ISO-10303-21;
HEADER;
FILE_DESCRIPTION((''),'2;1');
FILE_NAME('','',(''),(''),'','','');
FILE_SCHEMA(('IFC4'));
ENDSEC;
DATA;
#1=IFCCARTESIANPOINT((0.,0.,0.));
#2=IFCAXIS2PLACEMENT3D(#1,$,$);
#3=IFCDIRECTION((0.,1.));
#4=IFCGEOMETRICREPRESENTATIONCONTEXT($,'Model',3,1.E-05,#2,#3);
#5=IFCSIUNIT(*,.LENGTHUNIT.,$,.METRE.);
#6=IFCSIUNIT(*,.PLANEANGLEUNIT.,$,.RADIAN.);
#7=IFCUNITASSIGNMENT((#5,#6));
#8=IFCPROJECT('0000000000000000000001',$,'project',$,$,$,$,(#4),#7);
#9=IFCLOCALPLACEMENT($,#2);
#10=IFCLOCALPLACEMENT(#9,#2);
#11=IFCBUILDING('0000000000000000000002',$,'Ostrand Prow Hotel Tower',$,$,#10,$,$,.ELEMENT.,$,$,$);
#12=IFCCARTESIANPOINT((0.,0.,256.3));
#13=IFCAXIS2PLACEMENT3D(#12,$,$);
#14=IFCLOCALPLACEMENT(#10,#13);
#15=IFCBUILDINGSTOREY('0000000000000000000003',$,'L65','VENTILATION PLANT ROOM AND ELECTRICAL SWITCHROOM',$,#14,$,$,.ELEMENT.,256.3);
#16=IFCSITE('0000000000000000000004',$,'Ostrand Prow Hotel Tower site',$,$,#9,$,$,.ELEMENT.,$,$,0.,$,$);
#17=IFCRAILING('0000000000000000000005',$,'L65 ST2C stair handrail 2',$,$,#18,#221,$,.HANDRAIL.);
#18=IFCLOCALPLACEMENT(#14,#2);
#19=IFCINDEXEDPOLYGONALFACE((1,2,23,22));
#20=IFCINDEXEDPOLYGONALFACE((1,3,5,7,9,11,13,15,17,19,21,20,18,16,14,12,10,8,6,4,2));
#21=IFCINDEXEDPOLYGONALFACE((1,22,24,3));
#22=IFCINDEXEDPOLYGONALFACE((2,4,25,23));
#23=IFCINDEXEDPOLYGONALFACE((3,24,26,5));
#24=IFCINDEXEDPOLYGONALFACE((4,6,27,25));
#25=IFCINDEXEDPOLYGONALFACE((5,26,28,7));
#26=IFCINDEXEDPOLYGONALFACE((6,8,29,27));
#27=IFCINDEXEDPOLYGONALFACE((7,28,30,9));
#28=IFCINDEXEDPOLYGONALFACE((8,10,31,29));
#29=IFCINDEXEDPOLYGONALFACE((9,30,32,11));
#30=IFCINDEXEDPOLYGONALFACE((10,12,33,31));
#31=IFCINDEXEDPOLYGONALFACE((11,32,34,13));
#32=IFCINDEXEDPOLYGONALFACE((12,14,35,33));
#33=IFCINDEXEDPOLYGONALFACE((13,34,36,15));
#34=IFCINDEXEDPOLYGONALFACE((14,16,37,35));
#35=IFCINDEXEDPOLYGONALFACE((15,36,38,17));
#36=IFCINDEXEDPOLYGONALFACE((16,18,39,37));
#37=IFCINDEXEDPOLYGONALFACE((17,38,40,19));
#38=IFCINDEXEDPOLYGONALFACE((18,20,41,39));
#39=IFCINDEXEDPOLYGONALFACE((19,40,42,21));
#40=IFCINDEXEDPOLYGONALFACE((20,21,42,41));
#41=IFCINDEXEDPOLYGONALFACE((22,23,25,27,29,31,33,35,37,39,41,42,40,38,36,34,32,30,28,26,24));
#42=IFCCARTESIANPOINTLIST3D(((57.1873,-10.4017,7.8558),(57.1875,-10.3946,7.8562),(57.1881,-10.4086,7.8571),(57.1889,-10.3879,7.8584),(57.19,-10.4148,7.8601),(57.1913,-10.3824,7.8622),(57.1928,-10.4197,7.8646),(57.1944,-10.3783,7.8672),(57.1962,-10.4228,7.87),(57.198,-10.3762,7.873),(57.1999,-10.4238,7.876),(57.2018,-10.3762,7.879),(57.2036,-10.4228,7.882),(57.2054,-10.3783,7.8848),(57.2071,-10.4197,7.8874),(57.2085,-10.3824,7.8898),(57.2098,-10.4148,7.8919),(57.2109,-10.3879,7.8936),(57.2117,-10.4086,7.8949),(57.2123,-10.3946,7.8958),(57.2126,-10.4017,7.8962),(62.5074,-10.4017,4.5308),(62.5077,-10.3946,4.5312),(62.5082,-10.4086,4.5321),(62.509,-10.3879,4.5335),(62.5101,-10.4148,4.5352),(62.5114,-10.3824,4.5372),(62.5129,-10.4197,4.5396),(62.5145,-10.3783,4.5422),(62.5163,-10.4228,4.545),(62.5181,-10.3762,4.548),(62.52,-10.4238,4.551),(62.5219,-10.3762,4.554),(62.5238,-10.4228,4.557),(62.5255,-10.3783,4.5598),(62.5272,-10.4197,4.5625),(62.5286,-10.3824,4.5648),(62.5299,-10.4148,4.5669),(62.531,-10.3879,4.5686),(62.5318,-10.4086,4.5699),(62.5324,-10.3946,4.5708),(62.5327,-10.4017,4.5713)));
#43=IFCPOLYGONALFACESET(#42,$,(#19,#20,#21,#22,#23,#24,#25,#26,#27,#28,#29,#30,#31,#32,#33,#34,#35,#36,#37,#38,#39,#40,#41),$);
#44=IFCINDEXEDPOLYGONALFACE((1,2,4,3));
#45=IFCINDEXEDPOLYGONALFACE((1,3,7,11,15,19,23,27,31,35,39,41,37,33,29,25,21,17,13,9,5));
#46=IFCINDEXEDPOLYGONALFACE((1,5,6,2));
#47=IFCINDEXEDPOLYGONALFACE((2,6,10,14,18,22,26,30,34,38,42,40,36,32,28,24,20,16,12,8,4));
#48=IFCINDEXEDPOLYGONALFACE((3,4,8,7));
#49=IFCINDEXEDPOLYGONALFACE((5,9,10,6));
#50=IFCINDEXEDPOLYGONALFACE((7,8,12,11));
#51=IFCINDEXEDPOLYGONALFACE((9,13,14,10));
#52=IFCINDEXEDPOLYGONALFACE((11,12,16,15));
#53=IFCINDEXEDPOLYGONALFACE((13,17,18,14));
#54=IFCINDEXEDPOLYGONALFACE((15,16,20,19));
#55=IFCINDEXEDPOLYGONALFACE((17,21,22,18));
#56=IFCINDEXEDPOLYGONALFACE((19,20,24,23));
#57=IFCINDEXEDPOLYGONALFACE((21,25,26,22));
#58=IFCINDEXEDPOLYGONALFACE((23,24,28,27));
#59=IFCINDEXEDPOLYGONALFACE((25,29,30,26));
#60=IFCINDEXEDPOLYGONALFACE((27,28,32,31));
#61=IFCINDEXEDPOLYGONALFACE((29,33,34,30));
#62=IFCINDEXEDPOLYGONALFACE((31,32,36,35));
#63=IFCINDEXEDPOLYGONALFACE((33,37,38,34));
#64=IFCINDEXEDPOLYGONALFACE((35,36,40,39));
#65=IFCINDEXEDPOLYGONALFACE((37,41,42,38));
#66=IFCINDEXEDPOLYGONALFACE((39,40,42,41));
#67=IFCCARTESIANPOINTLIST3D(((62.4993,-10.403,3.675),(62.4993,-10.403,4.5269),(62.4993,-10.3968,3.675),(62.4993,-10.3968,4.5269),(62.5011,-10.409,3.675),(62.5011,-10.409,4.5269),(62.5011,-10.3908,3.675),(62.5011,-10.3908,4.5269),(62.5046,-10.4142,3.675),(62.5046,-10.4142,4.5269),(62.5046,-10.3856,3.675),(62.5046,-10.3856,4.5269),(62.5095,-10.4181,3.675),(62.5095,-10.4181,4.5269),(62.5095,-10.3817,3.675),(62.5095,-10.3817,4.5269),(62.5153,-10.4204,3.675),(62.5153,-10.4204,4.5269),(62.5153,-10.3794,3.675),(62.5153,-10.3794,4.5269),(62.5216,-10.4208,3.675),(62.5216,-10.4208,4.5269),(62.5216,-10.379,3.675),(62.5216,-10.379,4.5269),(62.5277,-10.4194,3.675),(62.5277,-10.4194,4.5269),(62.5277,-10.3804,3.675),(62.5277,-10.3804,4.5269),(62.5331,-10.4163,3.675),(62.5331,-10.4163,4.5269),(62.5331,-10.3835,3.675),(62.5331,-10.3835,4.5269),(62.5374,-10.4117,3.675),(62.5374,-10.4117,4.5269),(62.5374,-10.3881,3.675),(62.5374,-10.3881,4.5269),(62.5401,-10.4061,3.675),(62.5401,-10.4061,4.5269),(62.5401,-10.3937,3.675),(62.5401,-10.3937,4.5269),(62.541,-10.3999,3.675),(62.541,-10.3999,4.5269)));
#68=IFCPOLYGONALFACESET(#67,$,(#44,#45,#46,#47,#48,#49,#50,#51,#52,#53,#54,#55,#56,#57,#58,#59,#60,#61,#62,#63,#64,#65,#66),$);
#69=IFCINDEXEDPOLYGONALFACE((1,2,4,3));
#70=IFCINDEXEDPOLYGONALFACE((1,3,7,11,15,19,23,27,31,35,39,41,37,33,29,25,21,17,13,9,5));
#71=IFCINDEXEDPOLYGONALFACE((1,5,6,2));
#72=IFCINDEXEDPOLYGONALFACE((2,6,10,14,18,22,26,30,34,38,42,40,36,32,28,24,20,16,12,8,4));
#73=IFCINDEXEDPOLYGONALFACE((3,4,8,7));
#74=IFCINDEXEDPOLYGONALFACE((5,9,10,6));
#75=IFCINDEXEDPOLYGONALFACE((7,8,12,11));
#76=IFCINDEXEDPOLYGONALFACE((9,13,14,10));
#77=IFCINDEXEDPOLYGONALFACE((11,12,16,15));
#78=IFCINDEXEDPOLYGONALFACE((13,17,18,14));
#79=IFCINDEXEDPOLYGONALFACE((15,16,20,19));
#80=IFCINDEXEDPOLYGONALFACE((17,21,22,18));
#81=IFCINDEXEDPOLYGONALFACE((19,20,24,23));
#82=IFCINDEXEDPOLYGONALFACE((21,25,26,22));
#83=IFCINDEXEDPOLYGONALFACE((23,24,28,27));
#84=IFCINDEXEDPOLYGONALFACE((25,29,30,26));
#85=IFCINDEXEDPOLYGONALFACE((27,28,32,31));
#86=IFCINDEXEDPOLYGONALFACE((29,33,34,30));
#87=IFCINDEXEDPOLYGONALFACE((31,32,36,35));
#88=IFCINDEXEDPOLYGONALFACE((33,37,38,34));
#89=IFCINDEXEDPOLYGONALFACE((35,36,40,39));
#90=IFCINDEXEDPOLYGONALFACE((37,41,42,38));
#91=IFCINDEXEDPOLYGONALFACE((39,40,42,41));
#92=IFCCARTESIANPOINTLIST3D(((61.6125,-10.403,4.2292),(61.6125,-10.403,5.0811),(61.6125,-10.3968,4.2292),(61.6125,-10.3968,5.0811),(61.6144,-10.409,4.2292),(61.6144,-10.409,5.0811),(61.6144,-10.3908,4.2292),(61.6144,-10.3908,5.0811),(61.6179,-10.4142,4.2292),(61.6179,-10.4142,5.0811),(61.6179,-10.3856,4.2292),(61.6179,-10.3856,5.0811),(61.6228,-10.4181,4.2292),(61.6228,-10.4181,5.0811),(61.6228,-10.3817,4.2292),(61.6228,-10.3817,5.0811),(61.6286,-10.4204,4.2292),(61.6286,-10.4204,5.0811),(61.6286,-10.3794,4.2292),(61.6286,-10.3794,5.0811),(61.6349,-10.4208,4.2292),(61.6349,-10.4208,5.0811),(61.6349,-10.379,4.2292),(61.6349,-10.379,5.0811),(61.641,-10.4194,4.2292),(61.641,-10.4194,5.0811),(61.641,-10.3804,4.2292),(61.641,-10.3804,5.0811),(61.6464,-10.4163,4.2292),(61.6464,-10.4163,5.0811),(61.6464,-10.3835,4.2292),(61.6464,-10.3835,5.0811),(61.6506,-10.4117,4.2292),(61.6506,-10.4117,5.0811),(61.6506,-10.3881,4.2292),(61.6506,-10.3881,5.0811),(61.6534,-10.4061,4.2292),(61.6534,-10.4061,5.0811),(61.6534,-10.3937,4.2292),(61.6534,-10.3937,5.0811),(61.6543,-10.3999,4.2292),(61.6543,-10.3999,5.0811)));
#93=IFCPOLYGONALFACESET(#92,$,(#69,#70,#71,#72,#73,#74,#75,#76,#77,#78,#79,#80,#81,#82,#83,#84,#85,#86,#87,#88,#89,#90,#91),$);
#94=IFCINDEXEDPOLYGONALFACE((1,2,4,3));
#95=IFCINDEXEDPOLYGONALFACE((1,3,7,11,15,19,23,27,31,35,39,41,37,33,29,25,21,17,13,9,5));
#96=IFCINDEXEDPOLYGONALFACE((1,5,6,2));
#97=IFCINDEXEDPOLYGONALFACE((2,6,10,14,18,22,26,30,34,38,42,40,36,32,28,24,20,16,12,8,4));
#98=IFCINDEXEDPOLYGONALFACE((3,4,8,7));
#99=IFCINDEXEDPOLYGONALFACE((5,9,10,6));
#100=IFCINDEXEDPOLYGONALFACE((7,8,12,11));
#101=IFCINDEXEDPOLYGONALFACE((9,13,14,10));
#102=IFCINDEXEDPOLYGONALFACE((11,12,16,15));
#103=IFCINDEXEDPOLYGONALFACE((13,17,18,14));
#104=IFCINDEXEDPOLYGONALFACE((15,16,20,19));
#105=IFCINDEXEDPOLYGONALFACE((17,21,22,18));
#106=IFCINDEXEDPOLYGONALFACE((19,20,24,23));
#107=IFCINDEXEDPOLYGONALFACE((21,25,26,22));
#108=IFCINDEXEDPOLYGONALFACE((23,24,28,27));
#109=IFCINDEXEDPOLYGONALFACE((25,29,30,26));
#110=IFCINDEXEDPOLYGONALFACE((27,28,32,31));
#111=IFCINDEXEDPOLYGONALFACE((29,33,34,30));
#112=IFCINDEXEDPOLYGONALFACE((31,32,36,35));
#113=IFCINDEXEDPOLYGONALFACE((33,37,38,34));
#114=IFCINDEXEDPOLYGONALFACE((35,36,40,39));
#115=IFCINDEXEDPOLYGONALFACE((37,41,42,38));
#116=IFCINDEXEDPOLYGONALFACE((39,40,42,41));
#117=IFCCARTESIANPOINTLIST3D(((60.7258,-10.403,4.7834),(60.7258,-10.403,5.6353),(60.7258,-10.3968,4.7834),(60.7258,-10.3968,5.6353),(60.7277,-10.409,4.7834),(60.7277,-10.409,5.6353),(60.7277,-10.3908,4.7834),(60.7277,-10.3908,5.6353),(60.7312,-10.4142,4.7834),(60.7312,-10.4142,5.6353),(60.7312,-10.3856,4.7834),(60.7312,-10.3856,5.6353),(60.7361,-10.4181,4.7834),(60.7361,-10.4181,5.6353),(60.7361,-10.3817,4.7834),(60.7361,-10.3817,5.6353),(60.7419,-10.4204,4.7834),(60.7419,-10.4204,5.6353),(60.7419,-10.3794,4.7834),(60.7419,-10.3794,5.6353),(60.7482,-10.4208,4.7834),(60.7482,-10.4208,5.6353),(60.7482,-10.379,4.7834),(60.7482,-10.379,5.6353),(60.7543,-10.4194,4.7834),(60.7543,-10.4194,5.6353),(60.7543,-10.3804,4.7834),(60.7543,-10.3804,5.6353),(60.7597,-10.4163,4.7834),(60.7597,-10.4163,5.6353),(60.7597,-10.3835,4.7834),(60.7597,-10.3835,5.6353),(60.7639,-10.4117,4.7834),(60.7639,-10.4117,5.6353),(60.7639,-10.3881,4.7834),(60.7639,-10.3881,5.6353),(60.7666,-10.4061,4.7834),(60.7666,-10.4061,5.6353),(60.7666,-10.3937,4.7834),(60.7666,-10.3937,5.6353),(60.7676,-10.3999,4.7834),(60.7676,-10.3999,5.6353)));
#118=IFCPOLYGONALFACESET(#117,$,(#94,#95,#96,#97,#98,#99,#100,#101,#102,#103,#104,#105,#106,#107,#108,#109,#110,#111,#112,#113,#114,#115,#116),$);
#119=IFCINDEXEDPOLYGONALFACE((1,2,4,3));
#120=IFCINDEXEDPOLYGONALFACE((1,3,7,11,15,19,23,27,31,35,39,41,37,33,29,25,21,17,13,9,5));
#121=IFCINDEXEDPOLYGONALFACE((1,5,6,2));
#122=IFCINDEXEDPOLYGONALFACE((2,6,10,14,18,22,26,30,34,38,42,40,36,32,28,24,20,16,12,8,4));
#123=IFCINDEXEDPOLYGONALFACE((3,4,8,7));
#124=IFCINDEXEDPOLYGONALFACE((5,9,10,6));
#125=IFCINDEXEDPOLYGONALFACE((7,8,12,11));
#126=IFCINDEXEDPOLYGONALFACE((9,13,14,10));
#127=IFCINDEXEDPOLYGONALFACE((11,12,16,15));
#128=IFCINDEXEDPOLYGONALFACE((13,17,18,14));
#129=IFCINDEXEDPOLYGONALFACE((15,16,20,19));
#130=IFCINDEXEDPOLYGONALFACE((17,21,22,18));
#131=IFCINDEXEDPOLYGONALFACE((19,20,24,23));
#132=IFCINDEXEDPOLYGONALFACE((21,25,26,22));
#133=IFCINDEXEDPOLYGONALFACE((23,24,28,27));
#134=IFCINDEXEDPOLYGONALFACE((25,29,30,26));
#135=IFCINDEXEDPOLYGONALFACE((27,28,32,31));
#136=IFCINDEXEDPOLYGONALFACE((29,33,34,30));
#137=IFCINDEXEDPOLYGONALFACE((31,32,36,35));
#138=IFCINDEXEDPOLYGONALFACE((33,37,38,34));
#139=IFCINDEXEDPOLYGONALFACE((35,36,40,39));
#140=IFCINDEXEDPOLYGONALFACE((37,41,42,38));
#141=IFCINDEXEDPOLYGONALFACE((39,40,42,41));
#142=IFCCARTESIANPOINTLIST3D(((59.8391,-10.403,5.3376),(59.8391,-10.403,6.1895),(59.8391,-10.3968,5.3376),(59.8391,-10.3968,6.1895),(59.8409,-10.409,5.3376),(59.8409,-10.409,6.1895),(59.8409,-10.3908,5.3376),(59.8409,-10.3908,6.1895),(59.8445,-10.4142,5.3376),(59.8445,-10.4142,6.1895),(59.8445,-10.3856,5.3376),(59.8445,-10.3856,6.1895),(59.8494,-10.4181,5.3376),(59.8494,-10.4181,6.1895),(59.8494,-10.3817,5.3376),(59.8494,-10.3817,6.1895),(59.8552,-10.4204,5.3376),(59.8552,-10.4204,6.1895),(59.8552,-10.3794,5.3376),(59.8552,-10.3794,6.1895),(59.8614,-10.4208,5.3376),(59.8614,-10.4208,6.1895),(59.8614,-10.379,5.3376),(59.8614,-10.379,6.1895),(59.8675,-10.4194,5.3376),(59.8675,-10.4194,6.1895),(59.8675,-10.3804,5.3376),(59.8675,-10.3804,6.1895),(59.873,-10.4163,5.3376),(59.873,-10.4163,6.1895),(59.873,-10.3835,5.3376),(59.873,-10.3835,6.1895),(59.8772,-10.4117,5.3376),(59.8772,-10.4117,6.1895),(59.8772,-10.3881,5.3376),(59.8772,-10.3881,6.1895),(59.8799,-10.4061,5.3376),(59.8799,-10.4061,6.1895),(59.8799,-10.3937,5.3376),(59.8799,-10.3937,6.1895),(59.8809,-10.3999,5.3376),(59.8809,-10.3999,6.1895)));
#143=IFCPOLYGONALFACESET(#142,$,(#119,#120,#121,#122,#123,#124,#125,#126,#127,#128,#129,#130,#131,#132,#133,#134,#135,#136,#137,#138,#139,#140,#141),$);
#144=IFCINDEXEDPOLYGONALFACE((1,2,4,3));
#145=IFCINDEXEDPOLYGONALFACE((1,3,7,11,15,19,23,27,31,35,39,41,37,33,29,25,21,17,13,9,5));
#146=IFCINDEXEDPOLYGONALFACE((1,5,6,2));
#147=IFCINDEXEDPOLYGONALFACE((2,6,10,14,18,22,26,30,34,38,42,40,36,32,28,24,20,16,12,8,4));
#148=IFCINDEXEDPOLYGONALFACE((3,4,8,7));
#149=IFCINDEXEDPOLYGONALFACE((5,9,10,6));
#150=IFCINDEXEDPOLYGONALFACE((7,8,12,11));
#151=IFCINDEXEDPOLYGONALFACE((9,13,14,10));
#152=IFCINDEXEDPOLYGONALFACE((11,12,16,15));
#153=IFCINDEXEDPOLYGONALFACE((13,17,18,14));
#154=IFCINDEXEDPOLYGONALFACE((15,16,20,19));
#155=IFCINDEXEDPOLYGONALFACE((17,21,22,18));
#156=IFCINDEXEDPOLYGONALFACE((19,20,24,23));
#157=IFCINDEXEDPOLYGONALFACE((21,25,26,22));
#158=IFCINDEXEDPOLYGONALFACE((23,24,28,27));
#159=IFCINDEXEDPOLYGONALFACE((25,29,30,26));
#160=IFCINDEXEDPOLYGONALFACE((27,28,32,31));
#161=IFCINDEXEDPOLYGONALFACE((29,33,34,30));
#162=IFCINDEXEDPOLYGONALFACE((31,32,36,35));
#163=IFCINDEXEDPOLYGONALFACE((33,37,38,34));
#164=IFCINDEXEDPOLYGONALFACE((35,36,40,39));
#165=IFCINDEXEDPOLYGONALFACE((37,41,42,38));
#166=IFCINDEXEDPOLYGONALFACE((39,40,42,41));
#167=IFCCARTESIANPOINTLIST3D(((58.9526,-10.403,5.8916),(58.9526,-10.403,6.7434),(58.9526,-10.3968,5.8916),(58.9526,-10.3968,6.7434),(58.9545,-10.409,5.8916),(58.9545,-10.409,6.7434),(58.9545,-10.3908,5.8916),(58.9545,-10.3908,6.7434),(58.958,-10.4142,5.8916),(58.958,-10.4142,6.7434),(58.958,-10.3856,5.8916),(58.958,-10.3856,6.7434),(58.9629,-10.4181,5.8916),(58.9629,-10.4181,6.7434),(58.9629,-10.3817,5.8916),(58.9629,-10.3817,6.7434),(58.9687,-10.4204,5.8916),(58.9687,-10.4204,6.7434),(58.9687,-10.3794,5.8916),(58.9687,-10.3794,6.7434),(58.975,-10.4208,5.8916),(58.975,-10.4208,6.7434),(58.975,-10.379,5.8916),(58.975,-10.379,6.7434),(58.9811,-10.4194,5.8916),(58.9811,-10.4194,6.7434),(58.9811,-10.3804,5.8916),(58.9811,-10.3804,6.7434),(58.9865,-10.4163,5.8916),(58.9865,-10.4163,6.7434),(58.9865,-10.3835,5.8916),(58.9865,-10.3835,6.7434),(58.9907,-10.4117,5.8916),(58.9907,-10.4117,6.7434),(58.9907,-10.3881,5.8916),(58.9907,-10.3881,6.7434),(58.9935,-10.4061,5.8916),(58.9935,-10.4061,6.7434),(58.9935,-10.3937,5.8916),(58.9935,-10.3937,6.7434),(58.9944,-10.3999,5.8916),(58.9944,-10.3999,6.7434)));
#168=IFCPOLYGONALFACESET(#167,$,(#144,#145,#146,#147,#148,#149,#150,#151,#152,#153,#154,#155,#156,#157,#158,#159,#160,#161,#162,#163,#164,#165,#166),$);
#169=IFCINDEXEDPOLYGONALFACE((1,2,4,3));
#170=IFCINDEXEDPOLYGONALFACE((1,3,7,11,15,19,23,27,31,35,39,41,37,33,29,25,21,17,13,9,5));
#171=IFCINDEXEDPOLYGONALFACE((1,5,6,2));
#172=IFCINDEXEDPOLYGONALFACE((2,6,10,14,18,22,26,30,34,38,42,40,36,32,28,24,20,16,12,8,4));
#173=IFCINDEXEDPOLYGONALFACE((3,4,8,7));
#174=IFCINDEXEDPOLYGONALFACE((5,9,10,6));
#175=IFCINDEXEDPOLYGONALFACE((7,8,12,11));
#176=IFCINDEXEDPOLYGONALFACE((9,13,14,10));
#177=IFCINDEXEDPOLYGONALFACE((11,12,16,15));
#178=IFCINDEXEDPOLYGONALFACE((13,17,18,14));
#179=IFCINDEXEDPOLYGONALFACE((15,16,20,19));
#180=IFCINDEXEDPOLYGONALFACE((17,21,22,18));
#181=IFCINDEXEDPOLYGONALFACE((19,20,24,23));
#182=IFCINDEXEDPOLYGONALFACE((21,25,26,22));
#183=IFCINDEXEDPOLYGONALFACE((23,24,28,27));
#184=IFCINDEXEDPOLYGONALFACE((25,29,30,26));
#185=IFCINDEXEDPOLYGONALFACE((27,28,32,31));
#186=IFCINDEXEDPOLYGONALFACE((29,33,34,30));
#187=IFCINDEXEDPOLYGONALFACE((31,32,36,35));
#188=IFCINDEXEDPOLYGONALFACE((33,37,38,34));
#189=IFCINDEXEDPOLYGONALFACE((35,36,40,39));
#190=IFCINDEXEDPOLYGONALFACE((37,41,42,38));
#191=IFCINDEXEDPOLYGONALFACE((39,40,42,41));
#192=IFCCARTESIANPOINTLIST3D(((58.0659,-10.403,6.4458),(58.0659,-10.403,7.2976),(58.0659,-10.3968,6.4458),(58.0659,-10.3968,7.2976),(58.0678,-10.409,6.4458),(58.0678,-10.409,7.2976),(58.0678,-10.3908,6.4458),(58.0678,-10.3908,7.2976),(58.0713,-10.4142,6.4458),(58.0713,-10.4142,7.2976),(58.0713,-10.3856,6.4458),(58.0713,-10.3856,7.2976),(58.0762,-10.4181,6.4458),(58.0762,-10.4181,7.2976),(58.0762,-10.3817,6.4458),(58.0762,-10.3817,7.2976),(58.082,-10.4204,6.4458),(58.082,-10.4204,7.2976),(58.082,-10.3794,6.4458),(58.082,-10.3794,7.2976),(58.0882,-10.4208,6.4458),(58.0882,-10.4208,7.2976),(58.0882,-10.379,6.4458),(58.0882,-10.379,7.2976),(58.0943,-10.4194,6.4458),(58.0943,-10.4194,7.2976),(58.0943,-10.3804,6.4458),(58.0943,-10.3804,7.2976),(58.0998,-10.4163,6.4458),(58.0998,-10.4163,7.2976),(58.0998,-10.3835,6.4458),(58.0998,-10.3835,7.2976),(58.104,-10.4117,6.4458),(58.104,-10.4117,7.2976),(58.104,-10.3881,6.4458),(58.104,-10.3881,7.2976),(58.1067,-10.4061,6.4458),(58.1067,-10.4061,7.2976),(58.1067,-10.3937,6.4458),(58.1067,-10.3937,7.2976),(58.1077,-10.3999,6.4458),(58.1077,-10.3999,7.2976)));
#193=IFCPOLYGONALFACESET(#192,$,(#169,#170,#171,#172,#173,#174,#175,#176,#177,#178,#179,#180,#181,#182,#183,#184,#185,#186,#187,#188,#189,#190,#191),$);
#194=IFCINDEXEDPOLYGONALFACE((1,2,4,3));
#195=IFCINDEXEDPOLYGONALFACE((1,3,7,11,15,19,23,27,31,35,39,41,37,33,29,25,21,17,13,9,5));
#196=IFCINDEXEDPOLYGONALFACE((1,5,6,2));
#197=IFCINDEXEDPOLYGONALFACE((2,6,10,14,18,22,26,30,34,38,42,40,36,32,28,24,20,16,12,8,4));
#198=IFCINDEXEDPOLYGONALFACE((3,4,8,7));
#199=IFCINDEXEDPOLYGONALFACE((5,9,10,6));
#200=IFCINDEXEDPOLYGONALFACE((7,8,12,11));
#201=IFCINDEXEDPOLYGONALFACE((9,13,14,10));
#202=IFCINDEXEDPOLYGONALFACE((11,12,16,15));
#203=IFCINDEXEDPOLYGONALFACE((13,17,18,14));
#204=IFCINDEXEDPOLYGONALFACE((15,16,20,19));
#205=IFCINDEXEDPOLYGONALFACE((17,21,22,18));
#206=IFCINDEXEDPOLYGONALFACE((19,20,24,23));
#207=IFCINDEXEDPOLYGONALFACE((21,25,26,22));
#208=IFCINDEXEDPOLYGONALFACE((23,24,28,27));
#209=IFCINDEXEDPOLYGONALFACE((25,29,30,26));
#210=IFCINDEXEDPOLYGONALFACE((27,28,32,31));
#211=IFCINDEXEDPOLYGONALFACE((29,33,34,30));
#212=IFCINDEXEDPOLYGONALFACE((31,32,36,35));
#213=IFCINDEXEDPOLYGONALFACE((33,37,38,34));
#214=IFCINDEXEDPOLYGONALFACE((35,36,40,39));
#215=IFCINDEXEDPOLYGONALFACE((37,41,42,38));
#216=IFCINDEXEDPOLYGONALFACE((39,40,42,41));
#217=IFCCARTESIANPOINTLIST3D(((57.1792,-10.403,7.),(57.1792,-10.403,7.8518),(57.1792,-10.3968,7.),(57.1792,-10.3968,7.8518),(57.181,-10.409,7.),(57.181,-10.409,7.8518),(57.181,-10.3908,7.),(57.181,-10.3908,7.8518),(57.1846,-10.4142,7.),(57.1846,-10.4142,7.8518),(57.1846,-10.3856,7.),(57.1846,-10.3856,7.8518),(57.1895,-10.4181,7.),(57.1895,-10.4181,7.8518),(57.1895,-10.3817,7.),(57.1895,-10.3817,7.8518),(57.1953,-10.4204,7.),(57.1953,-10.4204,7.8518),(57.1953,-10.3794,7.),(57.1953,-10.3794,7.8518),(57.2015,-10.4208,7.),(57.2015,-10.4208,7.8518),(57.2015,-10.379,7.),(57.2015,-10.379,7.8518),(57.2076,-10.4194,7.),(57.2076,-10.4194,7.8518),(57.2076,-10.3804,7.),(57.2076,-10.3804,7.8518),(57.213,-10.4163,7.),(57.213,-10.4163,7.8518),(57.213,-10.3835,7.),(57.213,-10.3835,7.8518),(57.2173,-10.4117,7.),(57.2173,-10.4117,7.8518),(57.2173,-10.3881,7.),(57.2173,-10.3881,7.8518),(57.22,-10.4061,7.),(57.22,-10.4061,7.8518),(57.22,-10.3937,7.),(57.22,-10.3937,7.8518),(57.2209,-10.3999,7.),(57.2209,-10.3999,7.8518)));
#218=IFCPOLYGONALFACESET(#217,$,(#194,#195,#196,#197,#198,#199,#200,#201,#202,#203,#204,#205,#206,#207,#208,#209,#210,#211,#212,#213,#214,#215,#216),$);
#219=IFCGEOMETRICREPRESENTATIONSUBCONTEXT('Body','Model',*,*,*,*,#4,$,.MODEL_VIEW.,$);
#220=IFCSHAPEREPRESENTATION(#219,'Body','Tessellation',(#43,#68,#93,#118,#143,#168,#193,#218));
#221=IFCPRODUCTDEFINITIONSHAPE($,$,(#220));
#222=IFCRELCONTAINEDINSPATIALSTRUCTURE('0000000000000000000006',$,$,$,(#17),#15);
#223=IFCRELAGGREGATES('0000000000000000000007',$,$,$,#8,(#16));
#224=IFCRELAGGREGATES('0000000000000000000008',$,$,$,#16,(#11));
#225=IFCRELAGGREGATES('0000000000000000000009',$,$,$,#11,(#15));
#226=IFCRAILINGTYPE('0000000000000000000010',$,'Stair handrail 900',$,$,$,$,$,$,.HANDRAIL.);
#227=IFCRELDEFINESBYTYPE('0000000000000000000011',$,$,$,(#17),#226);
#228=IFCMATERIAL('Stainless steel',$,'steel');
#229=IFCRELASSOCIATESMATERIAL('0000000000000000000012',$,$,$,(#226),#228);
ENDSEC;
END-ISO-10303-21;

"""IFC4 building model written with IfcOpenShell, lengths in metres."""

from ifc_helpers import new_model, si_unit, direction, frame, origin, origin_2d, place, context, subcontext, project, spatial, circle, extrude, material, type_object, element, save


model = new_model("IFC4")

# Units and contexts
model_context = context("Model", 3, precision=1e-05, world=origin(), true_north=direction((0.0, 1.0)))
body_context = subcontext(model_context, "Body", "Model", "MODEL_VIEW")
ifc_project = project(units=[si_unit("LENGTHUNIT", "METRE"), si_unit("PLANEANGLEUNIT", "RADIAN")], contexts=[model_context])

# Site, building, storey
site_placement = place(None, origin())
site = spatial("IfcSite", under=ifc_project, at=site_placement, Name="Ostrand Prow Hotel Tower site", CompositionType="ELEMENT", RefElevation=0.0)
building_placement = place(site_placement, origin())
building = spatial("IfcBuilding", under=site, at=building_placement, Name="Ostrand Prow Hotel Tower", CompositionType="ELEMENT")
storey_placement = place(building_placement, frame((0.0, 0.0, 256.3)))
storey = spatial("IfcBuildingStorey", under=building, at=storey_placement, Name="L65", Description="VENTILATION PLANT ROOM AND ELECTRICAL SWITCHROOM", CompositionType="ELEMENT", Elevation=256.3)

# Railing
ifc_material_1 = material(Name="Stainless steel", Category="steel")
railing_type_1 = type_object("IfcRailingType", Name="Stair handrail 900", PredefinedType="HANDRAIL", material=ifc_material_1)
railing_1_placement = place(storey_placement, frame((62.52, -10.3999, 3.675)))
element("IfcRailing", 1, at=railing_1_placement, inside=storey, type_object=railing_type_1, Name="L65 ST2C stair handrail 2", PredefinedType="HANDRAIL", context=body_context, shape_type="SweptSolid", body=[
    extrude(circle(Radius=0.0239, at=origin_2d()), frame((0.0, 0.0, 0.876), z_axis=(-0.848005, 0.0, 0.529988), x_axis=(0.0, -1.0, 0.0)), (0.0, 0.0, 1.0), 6.2737),
    extrude(circle(Radius=0.021, at=origin_2d()), origin(), (0.0, 0.0, 1.0), 0.8518),
    extrude(circle(Radius=0.021, at=origin_2d()), frame((-0.8867, 0.0, 0.5542)), (0.0, 0.0, 1.0), 0.8518),
    extrude(circle(Radius=0.021, at=origin_2d()), frame((-1.7734, 0.0, 1.1084)), (0.0, 0.0, 1.0), 0.8518),
    extrude(circle(Radius=0.021, at=origin_2d()), frame((-2.6602, 0.0, 1.6626)), (0.0, 0.0, 1.0), 0.8518),
    extrude(circle(Radius=0.021, at=origin_2d()), frame((-3.5466, 0.0, 2.2166)), (0.0, 0.0, 1.0), 0.8518),
    extrude(circle(Radius=0.021, at=origin_2d()), frame((-4.4333, 0.0, 2.7708)), (0.0, 0.0, 1.0), 0.8518),
    extrude(circle(Radius=0.021, at=origin_2d()), frame((-5.3201, 0.0, 3.325)), (0.0, 0.0, 1.0), 0.8518),
])

save(model, "model.ifc")
